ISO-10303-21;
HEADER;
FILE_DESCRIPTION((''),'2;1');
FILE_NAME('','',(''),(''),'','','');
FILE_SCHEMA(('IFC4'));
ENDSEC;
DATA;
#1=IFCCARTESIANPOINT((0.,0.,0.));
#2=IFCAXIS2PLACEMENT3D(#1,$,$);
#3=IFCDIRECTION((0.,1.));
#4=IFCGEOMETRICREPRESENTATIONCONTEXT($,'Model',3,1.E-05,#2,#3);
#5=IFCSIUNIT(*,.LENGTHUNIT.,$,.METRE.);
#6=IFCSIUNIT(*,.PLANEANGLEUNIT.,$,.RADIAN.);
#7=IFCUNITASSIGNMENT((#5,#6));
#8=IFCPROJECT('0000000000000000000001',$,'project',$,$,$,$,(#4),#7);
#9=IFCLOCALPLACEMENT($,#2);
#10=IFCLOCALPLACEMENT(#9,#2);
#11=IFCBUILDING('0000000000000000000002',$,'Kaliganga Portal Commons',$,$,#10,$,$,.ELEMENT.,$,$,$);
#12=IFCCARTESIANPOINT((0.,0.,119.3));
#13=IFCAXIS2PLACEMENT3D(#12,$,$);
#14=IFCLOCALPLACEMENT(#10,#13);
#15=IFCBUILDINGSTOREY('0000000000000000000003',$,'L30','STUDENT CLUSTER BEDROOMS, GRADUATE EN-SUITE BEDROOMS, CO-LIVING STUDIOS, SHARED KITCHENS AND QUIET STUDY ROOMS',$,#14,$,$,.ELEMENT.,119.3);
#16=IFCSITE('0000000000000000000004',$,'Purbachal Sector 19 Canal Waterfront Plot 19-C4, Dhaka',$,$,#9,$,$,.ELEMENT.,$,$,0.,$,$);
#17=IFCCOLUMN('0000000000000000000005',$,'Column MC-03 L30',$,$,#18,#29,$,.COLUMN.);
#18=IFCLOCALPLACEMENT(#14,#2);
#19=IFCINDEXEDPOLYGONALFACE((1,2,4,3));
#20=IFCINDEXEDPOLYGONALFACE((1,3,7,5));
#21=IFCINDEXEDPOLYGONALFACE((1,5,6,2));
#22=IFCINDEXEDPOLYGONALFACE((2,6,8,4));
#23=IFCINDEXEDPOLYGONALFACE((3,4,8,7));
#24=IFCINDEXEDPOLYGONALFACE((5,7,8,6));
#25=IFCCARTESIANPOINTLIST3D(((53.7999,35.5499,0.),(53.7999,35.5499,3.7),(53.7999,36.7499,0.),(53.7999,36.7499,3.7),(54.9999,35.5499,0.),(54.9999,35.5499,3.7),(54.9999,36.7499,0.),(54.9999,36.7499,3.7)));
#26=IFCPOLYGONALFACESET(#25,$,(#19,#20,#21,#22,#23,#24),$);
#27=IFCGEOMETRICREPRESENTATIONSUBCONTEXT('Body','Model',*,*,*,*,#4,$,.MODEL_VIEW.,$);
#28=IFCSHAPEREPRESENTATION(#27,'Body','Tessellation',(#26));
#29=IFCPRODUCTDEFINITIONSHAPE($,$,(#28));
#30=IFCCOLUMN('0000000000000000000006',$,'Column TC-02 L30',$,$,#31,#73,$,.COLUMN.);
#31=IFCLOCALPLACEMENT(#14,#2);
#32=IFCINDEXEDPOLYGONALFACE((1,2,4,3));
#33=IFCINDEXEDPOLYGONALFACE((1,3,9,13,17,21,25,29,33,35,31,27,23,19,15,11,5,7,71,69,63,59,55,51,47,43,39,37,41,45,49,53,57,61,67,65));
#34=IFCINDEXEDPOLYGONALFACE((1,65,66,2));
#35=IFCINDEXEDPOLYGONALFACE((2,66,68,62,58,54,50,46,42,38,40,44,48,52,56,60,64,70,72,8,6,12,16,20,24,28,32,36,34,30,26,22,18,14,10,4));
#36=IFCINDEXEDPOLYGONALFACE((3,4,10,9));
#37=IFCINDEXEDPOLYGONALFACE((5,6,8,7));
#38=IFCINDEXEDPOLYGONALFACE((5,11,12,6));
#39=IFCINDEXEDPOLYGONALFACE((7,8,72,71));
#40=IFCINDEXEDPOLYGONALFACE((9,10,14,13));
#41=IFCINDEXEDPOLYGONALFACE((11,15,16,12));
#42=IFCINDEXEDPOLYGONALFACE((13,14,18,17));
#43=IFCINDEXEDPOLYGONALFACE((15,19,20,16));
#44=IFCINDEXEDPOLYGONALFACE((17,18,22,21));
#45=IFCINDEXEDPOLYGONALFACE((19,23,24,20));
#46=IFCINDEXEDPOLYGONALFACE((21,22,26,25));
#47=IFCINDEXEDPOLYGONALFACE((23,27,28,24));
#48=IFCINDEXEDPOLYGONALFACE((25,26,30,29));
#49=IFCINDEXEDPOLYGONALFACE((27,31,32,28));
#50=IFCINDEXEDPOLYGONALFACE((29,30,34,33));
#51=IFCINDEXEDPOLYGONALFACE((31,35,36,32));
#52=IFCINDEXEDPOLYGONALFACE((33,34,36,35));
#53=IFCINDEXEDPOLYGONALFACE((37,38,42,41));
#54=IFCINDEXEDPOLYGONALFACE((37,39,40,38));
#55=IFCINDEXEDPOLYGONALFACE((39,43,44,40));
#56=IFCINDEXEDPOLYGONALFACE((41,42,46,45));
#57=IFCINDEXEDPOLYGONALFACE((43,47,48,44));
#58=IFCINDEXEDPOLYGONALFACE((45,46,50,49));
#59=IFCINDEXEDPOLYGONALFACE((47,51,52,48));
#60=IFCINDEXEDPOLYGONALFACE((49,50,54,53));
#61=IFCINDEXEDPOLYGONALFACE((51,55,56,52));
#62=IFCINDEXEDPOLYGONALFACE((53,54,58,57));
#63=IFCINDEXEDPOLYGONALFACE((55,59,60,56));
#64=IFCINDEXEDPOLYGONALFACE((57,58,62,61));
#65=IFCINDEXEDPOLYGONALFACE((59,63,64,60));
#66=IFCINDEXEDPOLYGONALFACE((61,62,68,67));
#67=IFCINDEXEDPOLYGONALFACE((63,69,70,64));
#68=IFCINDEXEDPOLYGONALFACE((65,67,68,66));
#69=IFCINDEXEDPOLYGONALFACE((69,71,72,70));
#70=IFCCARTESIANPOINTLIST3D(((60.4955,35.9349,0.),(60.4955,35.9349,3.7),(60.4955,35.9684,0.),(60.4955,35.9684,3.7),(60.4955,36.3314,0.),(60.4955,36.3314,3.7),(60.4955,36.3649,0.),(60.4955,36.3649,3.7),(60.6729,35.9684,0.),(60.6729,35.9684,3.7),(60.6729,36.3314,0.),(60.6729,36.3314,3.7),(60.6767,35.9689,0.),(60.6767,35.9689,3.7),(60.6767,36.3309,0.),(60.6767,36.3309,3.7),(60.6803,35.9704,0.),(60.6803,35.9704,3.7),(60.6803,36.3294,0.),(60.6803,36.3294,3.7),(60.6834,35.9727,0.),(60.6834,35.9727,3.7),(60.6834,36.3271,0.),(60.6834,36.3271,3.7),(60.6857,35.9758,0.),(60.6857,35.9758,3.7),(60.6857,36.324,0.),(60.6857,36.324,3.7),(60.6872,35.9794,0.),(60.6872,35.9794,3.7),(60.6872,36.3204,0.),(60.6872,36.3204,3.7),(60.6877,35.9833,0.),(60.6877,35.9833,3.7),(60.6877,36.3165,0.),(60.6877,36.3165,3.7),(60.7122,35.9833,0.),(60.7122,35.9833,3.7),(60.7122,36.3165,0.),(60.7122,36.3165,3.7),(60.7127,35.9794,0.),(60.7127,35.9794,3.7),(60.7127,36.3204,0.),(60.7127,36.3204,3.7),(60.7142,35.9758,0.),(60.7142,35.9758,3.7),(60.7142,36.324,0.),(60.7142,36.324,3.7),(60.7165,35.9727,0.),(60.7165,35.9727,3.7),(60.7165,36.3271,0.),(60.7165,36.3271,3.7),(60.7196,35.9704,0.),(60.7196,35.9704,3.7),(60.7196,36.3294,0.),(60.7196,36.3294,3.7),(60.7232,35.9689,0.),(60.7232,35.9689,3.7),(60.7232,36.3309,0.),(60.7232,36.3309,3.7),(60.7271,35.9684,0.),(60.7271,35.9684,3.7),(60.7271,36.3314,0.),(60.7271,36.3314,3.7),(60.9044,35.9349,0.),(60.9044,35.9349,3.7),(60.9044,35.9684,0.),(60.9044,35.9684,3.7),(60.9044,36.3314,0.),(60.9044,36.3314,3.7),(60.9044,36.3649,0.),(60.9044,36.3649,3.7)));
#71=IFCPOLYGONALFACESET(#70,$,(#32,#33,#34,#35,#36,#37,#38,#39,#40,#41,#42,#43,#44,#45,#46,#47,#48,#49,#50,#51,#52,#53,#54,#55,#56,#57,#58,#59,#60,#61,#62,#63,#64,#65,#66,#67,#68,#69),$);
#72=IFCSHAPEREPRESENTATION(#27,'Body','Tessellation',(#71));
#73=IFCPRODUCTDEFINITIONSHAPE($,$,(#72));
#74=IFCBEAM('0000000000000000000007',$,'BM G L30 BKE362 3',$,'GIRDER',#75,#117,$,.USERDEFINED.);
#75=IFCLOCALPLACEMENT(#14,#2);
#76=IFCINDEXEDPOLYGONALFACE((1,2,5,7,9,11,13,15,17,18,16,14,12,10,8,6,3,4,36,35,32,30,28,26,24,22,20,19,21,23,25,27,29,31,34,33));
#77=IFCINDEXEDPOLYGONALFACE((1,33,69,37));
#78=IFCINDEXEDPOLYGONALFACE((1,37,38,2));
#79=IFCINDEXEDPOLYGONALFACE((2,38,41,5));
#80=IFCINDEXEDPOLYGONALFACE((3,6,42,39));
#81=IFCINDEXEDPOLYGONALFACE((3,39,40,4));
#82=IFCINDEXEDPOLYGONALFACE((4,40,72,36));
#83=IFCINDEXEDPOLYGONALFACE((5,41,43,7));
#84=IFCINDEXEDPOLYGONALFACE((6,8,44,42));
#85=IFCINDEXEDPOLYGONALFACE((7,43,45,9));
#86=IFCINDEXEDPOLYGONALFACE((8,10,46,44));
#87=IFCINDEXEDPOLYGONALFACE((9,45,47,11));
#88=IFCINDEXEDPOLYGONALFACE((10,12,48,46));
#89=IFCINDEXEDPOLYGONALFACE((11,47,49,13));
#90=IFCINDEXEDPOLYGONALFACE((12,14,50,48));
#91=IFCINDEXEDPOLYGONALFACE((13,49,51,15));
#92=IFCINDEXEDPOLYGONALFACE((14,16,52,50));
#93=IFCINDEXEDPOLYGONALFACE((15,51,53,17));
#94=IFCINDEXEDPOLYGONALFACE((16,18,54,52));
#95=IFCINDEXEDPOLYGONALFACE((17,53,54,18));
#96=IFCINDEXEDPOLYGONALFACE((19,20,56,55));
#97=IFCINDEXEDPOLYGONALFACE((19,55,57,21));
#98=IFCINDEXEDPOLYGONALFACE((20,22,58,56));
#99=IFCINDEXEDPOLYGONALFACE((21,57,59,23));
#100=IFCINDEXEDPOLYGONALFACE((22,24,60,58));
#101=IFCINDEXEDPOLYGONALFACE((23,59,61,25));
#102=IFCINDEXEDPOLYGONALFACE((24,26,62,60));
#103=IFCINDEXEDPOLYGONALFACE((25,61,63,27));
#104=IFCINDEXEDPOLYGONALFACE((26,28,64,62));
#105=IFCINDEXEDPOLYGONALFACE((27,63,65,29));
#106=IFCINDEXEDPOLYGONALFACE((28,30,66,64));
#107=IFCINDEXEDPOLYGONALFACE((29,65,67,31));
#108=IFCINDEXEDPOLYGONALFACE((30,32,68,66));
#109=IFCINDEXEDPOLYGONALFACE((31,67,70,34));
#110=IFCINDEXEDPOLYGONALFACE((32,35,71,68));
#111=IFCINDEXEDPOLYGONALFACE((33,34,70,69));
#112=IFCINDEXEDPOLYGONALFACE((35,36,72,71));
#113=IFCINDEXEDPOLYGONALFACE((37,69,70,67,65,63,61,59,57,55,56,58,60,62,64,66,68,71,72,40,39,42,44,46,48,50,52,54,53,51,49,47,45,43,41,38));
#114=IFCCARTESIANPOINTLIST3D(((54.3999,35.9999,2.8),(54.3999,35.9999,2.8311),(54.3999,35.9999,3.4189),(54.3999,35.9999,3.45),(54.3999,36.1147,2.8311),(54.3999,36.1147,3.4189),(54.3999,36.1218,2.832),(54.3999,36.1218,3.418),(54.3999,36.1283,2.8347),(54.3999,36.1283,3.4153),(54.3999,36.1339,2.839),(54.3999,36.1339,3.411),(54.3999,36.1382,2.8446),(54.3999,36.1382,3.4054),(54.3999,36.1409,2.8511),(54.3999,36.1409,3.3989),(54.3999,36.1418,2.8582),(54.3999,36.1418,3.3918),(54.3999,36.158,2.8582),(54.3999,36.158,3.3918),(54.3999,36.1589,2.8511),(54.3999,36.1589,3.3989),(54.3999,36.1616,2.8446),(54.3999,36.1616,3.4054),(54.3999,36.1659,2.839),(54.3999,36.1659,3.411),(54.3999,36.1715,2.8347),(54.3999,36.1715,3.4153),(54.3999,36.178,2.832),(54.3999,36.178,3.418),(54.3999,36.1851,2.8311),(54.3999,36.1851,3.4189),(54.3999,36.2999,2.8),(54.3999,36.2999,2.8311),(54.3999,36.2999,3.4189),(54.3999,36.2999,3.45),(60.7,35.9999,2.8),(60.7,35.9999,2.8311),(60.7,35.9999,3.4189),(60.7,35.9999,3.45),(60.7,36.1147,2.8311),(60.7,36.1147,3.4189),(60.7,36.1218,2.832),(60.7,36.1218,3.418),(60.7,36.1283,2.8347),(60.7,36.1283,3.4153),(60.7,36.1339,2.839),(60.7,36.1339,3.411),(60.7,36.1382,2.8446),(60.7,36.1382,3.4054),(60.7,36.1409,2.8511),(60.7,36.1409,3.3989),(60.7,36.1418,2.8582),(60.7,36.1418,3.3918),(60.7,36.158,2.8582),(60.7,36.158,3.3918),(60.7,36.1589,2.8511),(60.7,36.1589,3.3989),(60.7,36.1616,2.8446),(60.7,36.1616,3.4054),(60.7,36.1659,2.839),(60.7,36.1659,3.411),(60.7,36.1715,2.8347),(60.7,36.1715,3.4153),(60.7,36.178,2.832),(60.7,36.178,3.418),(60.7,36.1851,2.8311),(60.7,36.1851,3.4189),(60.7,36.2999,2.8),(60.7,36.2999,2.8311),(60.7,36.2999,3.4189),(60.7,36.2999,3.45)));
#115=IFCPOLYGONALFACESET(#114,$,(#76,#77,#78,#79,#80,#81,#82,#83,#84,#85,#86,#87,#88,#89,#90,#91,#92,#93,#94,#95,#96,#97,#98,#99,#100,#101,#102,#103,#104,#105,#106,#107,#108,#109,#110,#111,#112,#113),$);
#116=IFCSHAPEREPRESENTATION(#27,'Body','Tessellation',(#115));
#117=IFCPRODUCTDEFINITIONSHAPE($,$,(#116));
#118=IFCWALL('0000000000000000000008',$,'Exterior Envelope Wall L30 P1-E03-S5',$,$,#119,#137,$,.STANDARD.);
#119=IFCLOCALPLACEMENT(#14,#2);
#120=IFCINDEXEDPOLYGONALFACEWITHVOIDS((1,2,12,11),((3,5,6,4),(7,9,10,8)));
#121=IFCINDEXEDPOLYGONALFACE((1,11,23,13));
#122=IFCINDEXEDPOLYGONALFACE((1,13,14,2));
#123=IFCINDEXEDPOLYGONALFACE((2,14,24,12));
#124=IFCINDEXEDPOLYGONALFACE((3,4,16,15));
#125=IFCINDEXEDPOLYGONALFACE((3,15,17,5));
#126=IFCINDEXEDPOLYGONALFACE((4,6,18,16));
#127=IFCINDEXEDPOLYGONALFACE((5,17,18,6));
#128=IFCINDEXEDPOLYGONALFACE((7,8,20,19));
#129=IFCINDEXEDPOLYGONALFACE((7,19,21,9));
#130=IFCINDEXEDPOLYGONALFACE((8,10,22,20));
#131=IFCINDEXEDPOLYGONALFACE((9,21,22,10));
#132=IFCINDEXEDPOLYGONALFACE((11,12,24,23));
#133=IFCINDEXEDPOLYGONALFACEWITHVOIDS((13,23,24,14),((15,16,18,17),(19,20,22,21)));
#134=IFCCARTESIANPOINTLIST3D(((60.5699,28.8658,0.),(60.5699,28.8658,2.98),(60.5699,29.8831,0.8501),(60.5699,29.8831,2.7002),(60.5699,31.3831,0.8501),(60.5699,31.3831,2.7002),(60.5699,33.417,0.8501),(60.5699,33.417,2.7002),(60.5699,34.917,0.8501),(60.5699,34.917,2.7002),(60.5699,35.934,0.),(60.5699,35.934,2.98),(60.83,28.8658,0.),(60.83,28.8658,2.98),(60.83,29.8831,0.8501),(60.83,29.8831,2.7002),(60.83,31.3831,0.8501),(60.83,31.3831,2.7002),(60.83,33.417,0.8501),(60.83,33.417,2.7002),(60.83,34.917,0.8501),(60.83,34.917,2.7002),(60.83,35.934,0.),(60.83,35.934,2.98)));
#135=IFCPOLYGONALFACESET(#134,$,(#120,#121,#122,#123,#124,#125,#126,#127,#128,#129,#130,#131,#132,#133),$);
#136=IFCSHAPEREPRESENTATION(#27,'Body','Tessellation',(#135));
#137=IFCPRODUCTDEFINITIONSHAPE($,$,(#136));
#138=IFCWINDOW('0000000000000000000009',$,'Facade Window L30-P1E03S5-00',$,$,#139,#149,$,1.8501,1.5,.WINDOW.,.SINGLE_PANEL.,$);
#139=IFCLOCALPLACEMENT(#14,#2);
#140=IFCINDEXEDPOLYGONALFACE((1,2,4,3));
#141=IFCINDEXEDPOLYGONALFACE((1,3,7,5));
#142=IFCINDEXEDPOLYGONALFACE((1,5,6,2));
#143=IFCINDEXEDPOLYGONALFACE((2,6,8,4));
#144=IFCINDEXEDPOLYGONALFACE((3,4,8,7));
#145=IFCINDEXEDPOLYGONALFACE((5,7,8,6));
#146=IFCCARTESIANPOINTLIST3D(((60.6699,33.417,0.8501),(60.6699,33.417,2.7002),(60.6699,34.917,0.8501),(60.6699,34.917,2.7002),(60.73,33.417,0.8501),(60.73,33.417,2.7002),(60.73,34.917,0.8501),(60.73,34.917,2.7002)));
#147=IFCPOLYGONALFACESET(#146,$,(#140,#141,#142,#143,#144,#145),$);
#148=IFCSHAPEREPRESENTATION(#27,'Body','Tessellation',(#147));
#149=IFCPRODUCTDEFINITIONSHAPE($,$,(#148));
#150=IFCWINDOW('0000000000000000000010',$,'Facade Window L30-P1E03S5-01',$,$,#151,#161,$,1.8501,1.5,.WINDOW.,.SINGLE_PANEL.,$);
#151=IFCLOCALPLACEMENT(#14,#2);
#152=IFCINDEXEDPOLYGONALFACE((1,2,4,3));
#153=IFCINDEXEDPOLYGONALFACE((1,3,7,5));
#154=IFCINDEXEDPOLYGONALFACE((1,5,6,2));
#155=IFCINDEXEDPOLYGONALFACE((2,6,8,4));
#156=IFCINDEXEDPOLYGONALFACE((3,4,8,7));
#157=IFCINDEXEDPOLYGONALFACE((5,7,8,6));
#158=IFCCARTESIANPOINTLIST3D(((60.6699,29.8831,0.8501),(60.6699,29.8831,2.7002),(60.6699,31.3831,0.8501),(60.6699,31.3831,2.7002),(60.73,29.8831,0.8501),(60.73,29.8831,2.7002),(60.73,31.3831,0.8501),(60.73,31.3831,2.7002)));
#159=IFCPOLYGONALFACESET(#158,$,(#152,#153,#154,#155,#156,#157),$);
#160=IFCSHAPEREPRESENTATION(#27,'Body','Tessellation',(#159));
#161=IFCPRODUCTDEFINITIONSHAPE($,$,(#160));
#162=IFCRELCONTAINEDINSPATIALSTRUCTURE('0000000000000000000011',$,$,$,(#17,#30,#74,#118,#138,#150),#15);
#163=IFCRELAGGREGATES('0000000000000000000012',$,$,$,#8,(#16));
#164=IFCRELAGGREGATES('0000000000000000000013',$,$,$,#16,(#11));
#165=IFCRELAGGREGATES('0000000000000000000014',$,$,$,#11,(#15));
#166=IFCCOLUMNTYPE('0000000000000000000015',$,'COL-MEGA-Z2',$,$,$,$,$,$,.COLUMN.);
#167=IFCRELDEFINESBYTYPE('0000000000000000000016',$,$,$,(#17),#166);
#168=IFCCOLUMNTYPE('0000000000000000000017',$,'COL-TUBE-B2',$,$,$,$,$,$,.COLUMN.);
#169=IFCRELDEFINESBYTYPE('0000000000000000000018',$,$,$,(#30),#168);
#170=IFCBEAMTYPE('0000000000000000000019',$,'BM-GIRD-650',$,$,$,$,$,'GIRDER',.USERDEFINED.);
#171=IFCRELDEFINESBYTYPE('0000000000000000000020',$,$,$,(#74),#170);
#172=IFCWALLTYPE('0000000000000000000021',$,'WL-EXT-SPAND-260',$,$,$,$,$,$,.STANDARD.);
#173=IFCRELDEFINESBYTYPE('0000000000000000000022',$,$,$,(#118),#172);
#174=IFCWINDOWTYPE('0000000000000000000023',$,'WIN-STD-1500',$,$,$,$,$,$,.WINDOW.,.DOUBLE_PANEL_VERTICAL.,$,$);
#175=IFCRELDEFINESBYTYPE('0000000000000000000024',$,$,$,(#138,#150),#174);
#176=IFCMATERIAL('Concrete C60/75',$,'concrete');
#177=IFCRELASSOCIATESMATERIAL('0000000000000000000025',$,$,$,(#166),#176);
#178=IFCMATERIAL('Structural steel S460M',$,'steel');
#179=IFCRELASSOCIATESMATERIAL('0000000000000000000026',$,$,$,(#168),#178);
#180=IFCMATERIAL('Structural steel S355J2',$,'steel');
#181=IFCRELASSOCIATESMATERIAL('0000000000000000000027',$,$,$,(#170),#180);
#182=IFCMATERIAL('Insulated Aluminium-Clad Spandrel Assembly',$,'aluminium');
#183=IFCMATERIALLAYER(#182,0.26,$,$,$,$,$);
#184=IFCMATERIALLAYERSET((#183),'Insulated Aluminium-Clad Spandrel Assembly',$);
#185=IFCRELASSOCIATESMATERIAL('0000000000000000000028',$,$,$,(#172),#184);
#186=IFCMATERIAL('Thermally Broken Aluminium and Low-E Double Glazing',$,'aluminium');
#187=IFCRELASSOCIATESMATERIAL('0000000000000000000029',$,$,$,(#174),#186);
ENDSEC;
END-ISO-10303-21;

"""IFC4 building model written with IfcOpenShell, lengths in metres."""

from ifc_helpers import new_model, si_unit, direction, frame, frame_2d, origin, origin_2d, place, context, subcontext, project, spatial, rectangle, i_section, extrude, source, transform, mapped, material, layer, layer_set, material_profile, profile_set, type_object, element, fill, save


model = new_model("IFC4")

# Units and contexts
model_context = context("Model", 3, precision=1e-05, world=origin(), true_north=direction((0.0, 1.0)))
body_context = subcontext(model_context, "Body", "Model", "MODEL_VIEW")
ifc_project = project(units=[si_unit("LENGTHUNIT", "METRE"), si_unit("PLANEANGLEUNIT", "RADIAN")], contexts=[model_context])

# Site, building, storey
site_placement = place(None, origin())
site = spatial("IfcSite", under=ifc_project, at=site_placement, Name="Purbachal Sector 19 Canal Waterfront Plot 19-C4, Dhaka", CompositionType="ELEMENT", RefElevation=0.0)
building_placement = place(site_placement, origin())
building = spatial("IfcBuilding", under=site, at=building_placement, Name="Kaliganga Portal Commons", CompositionType="ELEMENT")
storey_placement = place(building_placement, frame((0.0, 0.0, 119.3)))
storey = spatial("IfcBuildingStorey", under=building, at=storey_placement, Name="L30", Description="STUDENT CLUSTER BEDROOMS, GRADUATE EN-SUITE BEDROOMS, CO-LIVING STUDIOS, SHARED KITCHENS AND QUIET STUDY ROOMS", CompositionType="ELEMENT", Elevation=119.3)

# Columns
ifc_material_1 = material(Name="Concrete C60/75", Category="concrete")
ifc_material_profile_1 = material_profile(ifc_material_1, rectangle(XDim=1.2, YDim=1.2, at=origin_2d()), Name="RC 1200x1200")
ifc_profile_set_1 = profile_set([ifc_material_profile_1], Name="Concrete C60/75")
column_type_1 = type_object("IfcColumnType", Name="COL-MEGA-Z2", PredefinedType="COLUMN", material=ifc_profile_set_1)
shared_shape_1 = source(origin(), body_context, "Body", "SweptSolid", [
    extrude(rectangle(XDim=1.2, YDim=1.2, at=origin_2d()), origin(), (0.0, 0.0, 1.0), 3.7),
])
column_1_placement = place(storey_placement, frame((54.3999, 36.1499, 0.0), z_axis=(0.0, 0.0, 1.0), x_axis=(1.0, 0.0, 0.0)))
element("IfcColumn", 1, at=column_1_placement, inside=storey, type_object=column_type_1, Name="Column MC-03 L30", PredefinedType="COLUMN", context=body_context, shape_type="MappedRepresentation", body=[
    mapped(shared_shape_1, transform((0.0, 0.0, 0.0), x_axis=(1.0, 0.0, 0.0), y_axis=(0.0, 1.0, 0.0), z_axis=(0.0, 0.0, 1.0), scale=1.0)),
])
ifc_material_2 = material(Name="Structural steel S460M", Category="steel")
ifc_material_profile_2 = material_profile(ifc_material_2, i_section(OverallWidth=0.4089, OverallDepth=0.4299, WebThickness=0.0244, FlangeThickness=0.0334, FilletRadius=0.0149, at=origin_2d()), Name="HD 400x421")
ifc_profile_set_2 = profile_set([ifc_material_profile_2], Name="Structural steel S460M wide-flange")
column_type_2 = type_object("IfcColumnType", Name="COL-TUBE-B2", PredefinedType="COLUMN", material=ifc_profile_set_2)
shared_shape_2 = source(origin(), body_context, "Body", "SweptSolid", [
    extrude(i_section(OverallWidth=0.4089, OverallDepth=0.4299, WebThickness=0.0244, FlangeThickness=0.0334, FilletRadius=0.0149, at=origin_2d()), origin(), (0.0, 0.0, 1.0), 3.7),
])
column_2_placement = place(storey_placement, frame((60.7, 36.1499, 0.0), z_axis=(0.0, 0.0, 1.0), x_axis=(1.0, 0.0, 0.0)))
element("IfcColumn", 2, at=column_2_placement, inside=storey, type_object=column_type_2, Name="Column TC-02 L30", PredefinedType="COLUMN", context=body_context, shape_type="MappedRepresentation", body=[
    mapped(shared_shape_2, transform((0.0, 0.0, 0.0), x_axis=(1.0, 0.0, 0.0), y_axis=(0.0, 1.0, 0.0), z_axis=(0.0, 0.0, 1.0), scale=1.0)),
])

# Beam
ifc_material_3 = material(Name="Structural steel S355J2", Category="steel")
ifc_material_profile_3 = material_profile(ifc_material_3, i_section(OverallWidth=0.3, OverallDepth=0.6499, WebThickness=0.0161, FlangeThickness=0.031, FilletRadius=0.0271, at=origin_2d()), Name="HE 650 B")
ifc_profile_set_3 = profile_set([ifc_material_profile_3], Name="Structural steel S355J2 wide-flange")
beam_type = type_object("IfcBeamType", Name="BM-GIRD-650", ElementType="GIRDER", PredefinedType="USERDEFINED", material=ifc_profile_set_3)
shared_shape_3 = source(origin(), body_context, "Body", "SweptSolid", [
    extrude(i_section(OverallWidth=0.3, OverallDepth=0.6499, WebThickness=0.0161, FlangeThickness=0.031, FilletRadius=0.0271, at=origin_2d()), origin(), (0.0, 0.0, 1.0), 6.3),
])
beam_placement = place(storey_placement, frame((54.3999, 36.1499, 3.125), z_axis=(1.0, 0.0, 0.0), x_axis=(0.0, 1.0, 0.0)))
element("IfcBeam", 3, at=beam_placement, inside=storey, type_object=beam_type, Name="BM G L30 BKE362 3", ObjectType="GIRDER", PredefinedType="USERDEFINED", context=body_context, shape_type="MappedRepresentation", body=[
    mapped(shared_shape_3, transform((0.0, 0.0, 0.0), x_axis=(1.0, 0.0, 0.0), y_axis=(0.0, 1.0, 0.0), z_axis=(0.0, 0.0, 1.0), scale=1.0)),
])

# Wall, openings, windows
ifc_material_4 = material(Name="Insulated Aluminium-Clad Spandrel Assembly", Category="aluminium")
ifc_layer_1 = layer(ifc_material_4, 0.26)
ifc_layer_set_1 = layer_set([ifc_layer_1], Name="Insulated Aluminium-Clad Spandrel Assembly")
wall_type_1 = type_object("IfcWallType", Name="WL-EXT-SPAND-260", PredefinedType="STANDARD", material=ifc_layer_set_1)
wall_1_placement = place(storey_placement, frame((60.7, 35.9341, 0.0), z_axis=(0.0, 0.0, 1.0), x_axis=(0.0, -1.0, 0.0)))
wall_1 = element("IfcWall", 4, at=wall_1_placement, inside=storey, type_object=wall_type_1, Name="Exterior Envelope Wall L30 P1-E03-S5", PredefinedType="STANDARD", context=body_context, shape_type="SweptSolid", body=[
    extrude(rectangle(XDim=7.0681, YDim=0.26, at=frame_2d((3.5342, 0.0))), origin(), (0.0, 0.0, 1.0), 2.98),
])
opening_1_placement = place(wall_1_placement, frame((1.0171, 0.0, 0.8501)))
opening_1 = element("IfcOpeningElement", 5, at=opening_1_placement, cuts=wall_1, PredefinedType="OPENING", context=body_context, shape_type="SweptSolid", body=[
    extrude(rectangle(XDim=1.5, YDim=1.8501, at=frame_2d((0.75, 0.925))), frame((0.0, 0.1401, 0.0), z_axis=(0.0, -1.0, 0.0), x_axis=(1.0, 0.0, 0.0)), (0.0, 0.0, 1.0), 0.28),
])
opening_2_placement = place(wall_1_placement, frame((4.551, 0.0, 0.8501)))
opening_2 = element("IfcOpeningElement", 6, at=opening_2_placement, cuts=wall_1, PredefinedType="OPENING", context=body_context, shape_type="SweptSolid", body=[
    extrude(rectangle(XDim=1.5, YDim=1.8501, at=frame_2d((0.75, 0.925))), frame((0.0, 0.1401, 0.0), z_axis=(0.0, -1.0, 0.0), x_axis=(1.0, 0.0, 0.0)), (0.0, 0.0, 1.0), 0.28),
])
ifc_material_5 = material(Name="Thermally Broken Aluminium and Low-E Double Glazing", Category="aluminium")
window_type_1 = type_object("IfcWindowType", Name="WIN-STD-1500", PartitioningType="DOUBLE_PANEL_VERTICAL", PredefinedType="WINDOW", material=ifc_material_5)
window_1_placement = place(opening_1_placement, origin())
window_1 = element("IfcWindow", 7, at=window_1_placement, inside=storey, type_object=window_type_1, Name="Facade Window L30-P1E03S5-00", OverallHeight=1.8501, OverallWidth=1.5, PartitioningType="SINGLE_PANEL", PredefinedType="WINDOW", context=body_context, shape_type="SweptSolid", body=[
    extrude(rectangle(XDim=1.5, YDim=1.8501, at=frame_2d((0.75, 0.925))), frame((0.0, 0.03, 0.0), z_axis=(0.0, -1.0, 0.0), x_axis=(1.0, 0.0, 0.0)), (0.0, 0.0, 1.0), 0.0601),
])
fill(opening_1, window_1)
window_2_placement = place(opening_2_placement, origin())
window_2 = element("IfcWindow", 8, at=window_2_placement, inside=storey, type_object=window_type_1, Name="Facade Window L30-P1E03S5-01", OverallHeight=1.8501, OverallWidth=1.5, PartitioningType="SINGLE_PANEL", PredefinedType="WINDOW", context=body_context, shape_type="SweptSolid", body=[
    extrude(rectangle(XDim=1.5, YDim=1.8501, at=frame_2d((0.75, 0.925))), frame((0.0, 0.03, 0.0), z_axis=(0.0, -1.0, 0.0), x_axis=(1.0, 0.0, 0.0)), (0.0, 0.0, 1.0), 0.0601),
])
fill(opening_2, window_2)

save(model, "model.ifc")
